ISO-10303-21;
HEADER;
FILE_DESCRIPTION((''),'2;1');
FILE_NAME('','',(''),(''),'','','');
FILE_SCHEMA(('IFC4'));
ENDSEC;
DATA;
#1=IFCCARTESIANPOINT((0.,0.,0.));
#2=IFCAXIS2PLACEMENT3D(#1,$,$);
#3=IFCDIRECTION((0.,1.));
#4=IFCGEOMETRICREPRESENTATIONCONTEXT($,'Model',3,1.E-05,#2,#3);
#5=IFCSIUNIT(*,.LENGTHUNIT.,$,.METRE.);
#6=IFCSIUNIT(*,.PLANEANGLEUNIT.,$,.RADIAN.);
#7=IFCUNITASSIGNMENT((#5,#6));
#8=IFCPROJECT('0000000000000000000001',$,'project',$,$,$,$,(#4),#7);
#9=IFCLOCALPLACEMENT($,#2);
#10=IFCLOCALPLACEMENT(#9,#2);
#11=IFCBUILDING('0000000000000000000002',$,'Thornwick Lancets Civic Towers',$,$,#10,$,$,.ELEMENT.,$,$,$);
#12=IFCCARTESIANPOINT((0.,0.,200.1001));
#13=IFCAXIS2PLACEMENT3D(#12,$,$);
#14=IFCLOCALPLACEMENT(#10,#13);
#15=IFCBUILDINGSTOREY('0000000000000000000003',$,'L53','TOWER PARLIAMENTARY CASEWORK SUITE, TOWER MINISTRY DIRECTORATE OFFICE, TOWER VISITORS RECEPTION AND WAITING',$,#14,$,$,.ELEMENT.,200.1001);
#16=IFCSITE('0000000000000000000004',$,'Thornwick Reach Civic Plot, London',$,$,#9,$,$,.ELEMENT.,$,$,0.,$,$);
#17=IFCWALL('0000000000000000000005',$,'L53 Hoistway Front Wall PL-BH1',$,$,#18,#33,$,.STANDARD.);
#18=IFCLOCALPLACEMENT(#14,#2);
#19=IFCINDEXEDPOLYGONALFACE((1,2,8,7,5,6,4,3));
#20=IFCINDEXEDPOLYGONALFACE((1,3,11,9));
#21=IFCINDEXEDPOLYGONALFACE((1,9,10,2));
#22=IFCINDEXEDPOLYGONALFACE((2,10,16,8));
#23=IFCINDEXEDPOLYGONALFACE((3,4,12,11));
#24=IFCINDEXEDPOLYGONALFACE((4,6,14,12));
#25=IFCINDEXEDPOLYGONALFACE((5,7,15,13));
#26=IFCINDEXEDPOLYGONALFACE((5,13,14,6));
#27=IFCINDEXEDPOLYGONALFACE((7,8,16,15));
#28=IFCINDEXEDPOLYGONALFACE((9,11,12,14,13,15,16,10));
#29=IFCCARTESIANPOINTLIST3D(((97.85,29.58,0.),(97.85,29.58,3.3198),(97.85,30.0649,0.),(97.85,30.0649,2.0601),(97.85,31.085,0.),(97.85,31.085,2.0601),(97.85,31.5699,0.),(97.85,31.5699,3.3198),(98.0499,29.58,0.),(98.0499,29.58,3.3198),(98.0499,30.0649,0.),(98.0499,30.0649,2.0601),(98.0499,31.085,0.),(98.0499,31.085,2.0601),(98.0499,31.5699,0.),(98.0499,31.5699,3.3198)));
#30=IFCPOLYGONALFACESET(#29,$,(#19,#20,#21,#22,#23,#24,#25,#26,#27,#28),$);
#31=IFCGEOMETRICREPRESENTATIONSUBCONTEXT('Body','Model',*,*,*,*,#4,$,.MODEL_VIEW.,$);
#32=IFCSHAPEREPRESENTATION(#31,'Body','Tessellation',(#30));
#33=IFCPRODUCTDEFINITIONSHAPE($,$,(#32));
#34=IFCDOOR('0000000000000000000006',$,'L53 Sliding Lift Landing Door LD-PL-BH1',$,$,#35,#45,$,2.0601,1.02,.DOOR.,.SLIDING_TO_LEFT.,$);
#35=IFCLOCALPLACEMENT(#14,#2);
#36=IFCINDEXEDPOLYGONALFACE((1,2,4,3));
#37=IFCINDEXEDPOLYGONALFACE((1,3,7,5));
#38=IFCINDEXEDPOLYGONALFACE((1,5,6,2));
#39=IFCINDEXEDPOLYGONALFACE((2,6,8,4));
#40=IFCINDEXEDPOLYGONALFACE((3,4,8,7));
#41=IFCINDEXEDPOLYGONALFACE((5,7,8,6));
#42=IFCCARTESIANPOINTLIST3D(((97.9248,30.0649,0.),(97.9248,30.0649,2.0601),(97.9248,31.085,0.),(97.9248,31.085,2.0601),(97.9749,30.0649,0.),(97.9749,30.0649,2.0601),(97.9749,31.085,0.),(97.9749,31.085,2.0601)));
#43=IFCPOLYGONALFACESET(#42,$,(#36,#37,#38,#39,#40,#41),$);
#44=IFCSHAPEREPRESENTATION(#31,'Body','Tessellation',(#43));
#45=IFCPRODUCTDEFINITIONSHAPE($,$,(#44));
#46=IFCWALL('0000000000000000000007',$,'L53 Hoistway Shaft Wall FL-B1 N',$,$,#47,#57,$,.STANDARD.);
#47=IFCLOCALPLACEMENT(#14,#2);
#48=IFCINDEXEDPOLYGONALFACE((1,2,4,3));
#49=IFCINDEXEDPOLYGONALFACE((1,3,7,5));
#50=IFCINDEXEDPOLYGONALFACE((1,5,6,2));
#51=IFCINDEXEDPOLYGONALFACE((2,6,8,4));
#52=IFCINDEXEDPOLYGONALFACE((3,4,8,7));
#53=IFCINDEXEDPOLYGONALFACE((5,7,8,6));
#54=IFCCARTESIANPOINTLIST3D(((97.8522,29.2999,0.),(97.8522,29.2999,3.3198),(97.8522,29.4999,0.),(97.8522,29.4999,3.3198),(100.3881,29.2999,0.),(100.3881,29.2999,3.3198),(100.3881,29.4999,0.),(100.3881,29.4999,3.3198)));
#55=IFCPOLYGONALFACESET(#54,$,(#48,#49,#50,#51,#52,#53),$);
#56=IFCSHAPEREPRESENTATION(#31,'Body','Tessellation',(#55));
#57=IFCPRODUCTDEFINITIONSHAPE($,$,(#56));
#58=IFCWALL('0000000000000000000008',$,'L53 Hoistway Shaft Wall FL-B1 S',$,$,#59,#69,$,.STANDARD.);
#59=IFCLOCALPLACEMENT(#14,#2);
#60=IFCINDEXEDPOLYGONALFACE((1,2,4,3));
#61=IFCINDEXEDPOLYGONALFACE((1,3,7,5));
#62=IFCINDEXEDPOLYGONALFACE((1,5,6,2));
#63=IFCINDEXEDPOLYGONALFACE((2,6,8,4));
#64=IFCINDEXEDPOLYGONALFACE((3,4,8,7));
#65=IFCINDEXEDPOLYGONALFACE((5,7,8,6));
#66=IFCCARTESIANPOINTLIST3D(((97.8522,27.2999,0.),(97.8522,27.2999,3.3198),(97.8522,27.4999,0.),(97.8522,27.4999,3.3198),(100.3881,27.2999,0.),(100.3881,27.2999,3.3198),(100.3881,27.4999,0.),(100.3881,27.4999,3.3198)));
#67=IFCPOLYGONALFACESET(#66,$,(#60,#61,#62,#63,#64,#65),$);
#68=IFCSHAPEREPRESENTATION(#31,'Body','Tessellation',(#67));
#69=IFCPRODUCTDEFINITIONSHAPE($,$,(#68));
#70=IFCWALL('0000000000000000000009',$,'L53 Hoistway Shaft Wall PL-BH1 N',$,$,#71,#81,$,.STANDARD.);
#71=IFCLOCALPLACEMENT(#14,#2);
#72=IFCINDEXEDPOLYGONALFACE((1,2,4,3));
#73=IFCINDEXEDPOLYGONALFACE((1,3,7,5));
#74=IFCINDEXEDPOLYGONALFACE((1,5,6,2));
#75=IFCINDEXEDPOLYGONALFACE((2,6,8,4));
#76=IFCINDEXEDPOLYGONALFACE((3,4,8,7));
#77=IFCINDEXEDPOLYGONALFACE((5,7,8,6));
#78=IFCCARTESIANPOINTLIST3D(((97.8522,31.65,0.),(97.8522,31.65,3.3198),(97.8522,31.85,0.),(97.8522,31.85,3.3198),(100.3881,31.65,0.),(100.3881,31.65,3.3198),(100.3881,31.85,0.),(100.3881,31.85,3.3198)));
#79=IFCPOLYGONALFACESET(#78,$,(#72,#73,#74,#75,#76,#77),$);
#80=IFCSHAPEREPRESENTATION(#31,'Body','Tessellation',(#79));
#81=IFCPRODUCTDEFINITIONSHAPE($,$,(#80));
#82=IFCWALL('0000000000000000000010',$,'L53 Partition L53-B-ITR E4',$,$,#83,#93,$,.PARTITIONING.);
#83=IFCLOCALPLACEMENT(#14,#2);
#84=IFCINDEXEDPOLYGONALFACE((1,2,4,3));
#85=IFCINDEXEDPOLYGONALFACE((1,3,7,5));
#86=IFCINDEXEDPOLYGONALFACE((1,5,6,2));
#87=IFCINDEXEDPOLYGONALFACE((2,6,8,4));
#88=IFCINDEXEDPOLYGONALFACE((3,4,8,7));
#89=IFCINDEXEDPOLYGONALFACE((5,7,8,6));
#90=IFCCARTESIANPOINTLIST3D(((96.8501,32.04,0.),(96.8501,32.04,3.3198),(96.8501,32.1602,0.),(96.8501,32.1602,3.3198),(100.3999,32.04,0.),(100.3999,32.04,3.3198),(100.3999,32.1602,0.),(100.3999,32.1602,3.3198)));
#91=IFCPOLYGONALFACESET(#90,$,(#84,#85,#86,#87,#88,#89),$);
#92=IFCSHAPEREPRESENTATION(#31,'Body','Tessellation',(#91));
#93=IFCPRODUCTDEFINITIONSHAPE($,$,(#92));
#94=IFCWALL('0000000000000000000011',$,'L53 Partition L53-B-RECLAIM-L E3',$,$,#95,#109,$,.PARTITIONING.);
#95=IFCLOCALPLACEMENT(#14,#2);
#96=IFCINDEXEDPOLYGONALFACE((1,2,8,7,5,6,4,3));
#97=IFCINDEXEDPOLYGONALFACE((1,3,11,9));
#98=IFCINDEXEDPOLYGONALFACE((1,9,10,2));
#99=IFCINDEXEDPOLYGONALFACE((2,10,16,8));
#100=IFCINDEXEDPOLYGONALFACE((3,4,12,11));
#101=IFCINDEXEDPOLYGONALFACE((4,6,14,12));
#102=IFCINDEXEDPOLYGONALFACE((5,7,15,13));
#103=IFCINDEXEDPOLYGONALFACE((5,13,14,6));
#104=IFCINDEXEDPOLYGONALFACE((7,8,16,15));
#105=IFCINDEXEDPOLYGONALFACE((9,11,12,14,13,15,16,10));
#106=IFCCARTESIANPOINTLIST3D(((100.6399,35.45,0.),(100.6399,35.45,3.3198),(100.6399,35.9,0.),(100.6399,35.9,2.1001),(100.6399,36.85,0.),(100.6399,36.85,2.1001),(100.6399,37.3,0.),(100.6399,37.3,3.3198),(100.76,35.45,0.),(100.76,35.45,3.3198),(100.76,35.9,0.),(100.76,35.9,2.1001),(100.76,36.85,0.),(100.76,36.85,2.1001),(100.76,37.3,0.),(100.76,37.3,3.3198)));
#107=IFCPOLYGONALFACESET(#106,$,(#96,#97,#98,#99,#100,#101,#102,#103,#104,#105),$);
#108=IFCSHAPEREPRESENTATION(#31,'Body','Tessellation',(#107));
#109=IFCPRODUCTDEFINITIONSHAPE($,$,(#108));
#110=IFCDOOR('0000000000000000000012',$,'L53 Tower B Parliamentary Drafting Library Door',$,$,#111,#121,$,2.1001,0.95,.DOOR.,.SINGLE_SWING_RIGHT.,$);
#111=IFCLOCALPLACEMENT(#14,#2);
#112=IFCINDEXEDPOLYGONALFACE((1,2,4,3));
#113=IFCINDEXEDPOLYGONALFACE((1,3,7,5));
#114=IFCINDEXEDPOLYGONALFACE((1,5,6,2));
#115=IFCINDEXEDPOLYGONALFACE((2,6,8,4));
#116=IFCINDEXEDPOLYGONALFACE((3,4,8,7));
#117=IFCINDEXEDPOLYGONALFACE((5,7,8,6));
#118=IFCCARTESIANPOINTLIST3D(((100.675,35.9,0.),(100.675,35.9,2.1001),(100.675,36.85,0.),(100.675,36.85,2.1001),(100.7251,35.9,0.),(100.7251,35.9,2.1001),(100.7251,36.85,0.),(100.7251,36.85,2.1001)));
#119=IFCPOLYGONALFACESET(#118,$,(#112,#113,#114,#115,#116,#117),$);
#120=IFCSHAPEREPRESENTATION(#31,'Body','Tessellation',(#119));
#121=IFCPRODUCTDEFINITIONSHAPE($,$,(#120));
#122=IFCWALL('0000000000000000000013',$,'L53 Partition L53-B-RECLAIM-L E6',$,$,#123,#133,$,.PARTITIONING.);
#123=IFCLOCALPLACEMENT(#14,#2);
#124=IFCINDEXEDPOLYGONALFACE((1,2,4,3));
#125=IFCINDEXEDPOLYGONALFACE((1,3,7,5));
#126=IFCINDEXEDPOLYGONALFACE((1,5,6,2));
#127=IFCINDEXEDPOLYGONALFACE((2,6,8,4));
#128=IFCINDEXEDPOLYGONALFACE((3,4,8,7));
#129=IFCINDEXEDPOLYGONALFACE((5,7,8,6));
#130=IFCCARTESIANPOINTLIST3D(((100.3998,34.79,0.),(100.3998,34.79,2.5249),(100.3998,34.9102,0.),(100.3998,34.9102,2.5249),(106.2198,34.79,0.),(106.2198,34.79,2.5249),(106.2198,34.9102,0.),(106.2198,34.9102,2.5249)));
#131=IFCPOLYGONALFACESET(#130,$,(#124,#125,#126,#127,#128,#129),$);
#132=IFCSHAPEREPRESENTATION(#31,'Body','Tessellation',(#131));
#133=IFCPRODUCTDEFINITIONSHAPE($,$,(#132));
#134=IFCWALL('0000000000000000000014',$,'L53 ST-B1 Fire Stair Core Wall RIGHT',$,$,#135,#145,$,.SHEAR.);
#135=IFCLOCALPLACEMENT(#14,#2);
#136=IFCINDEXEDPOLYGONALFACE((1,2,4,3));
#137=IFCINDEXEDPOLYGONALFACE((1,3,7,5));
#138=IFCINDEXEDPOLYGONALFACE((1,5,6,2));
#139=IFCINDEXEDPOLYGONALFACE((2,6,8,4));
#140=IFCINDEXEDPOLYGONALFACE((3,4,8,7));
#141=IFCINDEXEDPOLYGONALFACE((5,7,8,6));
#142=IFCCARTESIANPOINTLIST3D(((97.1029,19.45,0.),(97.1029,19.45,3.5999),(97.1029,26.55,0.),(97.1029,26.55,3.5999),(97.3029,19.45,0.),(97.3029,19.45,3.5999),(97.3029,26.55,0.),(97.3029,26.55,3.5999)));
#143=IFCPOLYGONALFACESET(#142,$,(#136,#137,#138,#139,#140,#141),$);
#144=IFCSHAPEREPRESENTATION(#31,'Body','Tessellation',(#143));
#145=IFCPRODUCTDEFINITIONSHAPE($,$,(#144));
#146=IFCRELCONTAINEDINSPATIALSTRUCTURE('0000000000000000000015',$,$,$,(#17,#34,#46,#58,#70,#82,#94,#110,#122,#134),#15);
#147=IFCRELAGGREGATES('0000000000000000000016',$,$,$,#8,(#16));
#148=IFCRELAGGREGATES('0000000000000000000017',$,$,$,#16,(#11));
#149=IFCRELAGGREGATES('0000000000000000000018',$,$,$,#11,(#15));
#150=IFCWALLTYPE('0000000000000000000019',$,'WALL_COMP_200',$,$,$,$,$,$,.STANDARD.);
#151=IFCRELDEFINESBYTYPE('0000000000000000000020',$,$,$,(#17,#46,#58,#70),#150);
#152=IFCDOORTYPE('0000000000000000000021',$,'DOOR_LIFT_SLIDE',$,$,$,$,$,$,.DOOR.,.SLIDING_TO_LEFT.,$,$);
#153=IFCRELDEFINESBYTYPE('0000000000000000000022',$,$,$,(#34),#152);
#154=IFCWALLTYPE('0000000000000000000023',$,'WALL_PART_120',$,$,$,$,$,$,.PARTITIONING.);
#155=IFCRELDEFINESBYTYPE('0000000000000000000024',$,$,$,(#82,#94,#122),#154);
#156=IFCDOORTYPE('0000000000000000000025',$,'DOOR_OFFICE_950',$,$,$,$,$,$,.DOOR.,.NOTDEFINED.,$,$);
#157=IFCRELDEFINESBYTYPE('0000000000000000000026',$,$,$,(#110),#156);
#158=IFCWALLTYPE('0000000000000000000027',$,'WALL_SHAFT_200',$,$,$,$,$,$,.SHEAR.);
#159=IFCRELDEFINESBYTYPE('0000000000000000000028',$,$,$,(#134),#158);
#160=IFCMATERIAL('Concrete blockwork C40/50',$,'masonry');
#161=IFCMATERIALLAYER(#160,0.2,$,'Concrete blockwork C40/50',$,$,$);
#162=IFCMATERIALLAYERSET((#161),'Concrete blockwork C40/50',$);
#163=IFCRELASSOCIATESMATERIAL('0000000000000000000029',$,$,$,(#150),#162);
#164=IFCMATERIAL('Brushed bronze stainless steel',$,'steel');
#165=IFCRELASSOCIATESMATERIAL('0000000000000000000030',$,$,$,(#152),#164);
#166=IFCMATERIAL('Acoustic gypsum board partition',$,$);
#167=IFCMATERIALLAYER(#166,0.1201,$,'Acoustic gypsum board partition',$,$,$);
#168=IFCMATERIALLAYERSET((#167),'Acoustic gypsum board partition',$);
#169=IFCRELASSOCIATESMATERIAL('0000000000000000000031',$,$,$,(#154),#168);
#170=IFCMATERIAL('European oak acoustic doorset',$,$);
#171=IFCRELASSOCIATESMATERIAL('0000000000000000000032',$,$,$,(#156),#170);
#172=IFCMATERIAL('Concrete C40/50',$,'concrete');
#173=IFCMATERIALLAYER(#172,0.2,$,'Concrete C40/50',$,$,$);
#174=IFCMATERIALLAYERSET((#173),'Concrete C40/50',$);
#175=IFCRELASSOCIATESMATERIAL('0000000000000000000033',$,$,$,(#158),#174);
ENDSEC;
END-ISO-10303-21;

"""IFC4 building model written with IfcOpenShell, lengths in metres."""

from ifc_helpers import new_model, si_unit, direction, frame, frame_2d, origin, place, context, subcontext, project, spatial, rectangle, extrude, material, layer, layer_set, type_object, element, fill, save


model = new_model("IFC4")

# Units and contexts
model_context = context("Model", 3, precision=1e-05, world=origin(), true_north=direction((0.0, 1.0)))
body_context = subcontext(model_context, "Body", "Model", "MODEL_VIEW")
ifc_project = project(units=[si_unit("LENGTHUNIT", "METRE"), si_unit("PLANEANGLEUNIT", "RADIAN")], contexts=[model_context])

# Site, building, storey
site_placement = place(None, origin())
site = spatial("IfcSite", under=ifc_project, at=site_placement, Name="Thornwick Reach Civic Plot, London", CompositionType="ELEMENT", RefElevation=0.0)
building_placement = place(site_placement, origin())
building = spatial("IfcBuilding", under=site, at=building_placement, Name="Thornwick Lancets Civic Towers", CompositionType="ELEMENT")
storey_placement = place(building_placement, frame((0.0, 0.0, 200.1001)))
storey = spatial("IfcBuildingStorey", under=building, at=storey_placement, Name="L53", Description="TOWER PARLIAMENTARY CASEWORK SUITE, TOWER MINISTRY DIRECTORATE OFFICE, TOWER VISITORS RECEPTION AND WAITING", CompositionType="ELEMENT", Elevation=200.1001)

# Wall, opening, door
ifc_material_1 = material(Name="Concrete blockwork C40/50", Category="masonry")
ifc_layer_1 = layer(ifc_material_1, 0.2, Name="Concrete blockwork C40/50")
ifc_layer_set_1 = layer_set([ifc_layer_1], Name="Concrete blockwork C40/50")
wall_type_1 = type_object("IfcWallType", Name="WALL_COMP_200", PredefinedType="STANDARD", material=ifc_layer_set_1)
ifc_material_2 = material(Name="Brushed bronze stainless steel", Category="steel")
door_type_1 = type_object("IfcDoorType", Name="DOOR_LIFT_SLIDE", OperationType="SLIDING_TO_LEFT", PredefinedType="DOOR", material=ifc_material_2)
wall_1_placement = place(storey_placement, frame((97.95, 31.5701, 0.0), z_axis=(0.0, 0.0, 1.0), x_axis=(0.0, -1.0, 0.0)))
wall_1 = element("IfcWall", 1, at=wall_1_placement, inside=storey, type_object=wall_type_1, Name="L53 Hoistway Front Wall PL-BH1", PredefinedType="STANDARD", context=body_context, shape_type="SweptSolid", body=[
    extrude(rectangle(XDim=1.99, YDim=0.2, at=frame_2d((0.9951, 0.0))), origin(), (0.0, 0.0, 1.0), 3.3198),
])
opening_1_placement = place(wall_1_placement, frame((0.4851, 0.0, 0.0)))
opening_1 = element("IfcOpeningElement", 2, at=opening_1_placement, cuts=wall_1, PredefinedType="OPENING", context=body_context, shape_type="SweptSolid", body=[
    extrude(rectangle(XDim=1.02, YDim=2.0601, at=frame_2d((0.51, 1.03))), frame((0.0, 0.1099, 0.0), z_axis=(0.0, -1.0, 0.0), x_axis=(1.0, 0.0, 0.0)), (0.0, 0.0, 1.0), 0.22),
])
door_1_placement = place(opening_1_placement, origin())
door_1 = element("IfcDoor", 3, at=door_1_placement, inside=storey, type_object=door_type_1, Name="L53 Sliding Lift Landing Door LD-PL-BH1", OperationType="SLIDING_TO_LEFT", OverallHeight=2.0601, OverallWidth=1.02, PredefinedType="DOOR", context=body_context, shape_type="SweptSolid", body=[
    extrude(rectangle(XDim=1.02, YDim=2.0601, at=frame_2d((0.51, 1.03))), frame((0.0, 0.0249, 0.0), z_axis=(0.0, -1.0, 0.0), x_axis=(1.0, 0.0, 0.0)), (0.0, 0.0, 1.0), 0.05),
])
fill(opening_1, door_1)

# Walls
for number, where, z_axis, x_axis, name in (
    (4, (97.8521, 29.3999, 0.0), (0.0, 0.0, 1.0), (1.0, 0.0, 0.0), "L53 Hoistway Shaft Wall FL-B1 N"),
    (5, (97.8521, 27.3999, 0.0), (0.0, 0.0, 1.0), (1.0, 0.0, 0.0), "L53 Hoistway Shaft Wall FL-B1 S"),
    (6, (97.8521, 31.75, 0.0), (0.0, 0.0, 1.0), (1.0, 0.0, 0.0), "L53 Hoistway Shaft Wall PL-BH1 N"),
):
    element("IfcWall", number, at=place(storey_placement, frame(where, z_axis=z_axis, x_axis=x_axis)), inside=storey, type_object=wall_type_1, Name=name, PredefinedType="STANDARD", context=body_context, shape_type="SweptSolid", body=[
        extrude(rectangle(XDim=2.5359, YDim=0.2, at=frame_2d((1.2681, 0.0))), origin(), (0.0, 0.0, 1.0), 3.3198),
    ])
ifc_material_3 = material(Name="Acoustic gypsum board partition")
ifc_layer_2 = layer(ifc_material_3, 0.1201, Name="Acoustic gypsum board partition")
ifc_layer_set_2 = layer_set([ifc_layer_2], Name="Acoustic gypsum board partition")
wall_type_2 = type_object("IfcWallType", Name="WALL_PART_120", PredefinedType="PARTITIONING", material=ifc_layer_set_2)
wall_2_placement = place(storey_placement, frame((100.3999, 32.1001, 0.0), z_axis=(0.0, 0.0, 1.0), x_axis=(-1.0, 0.0, 0.0)))
element("IfcWall", 7, at=wall_2_placement, inside=storey, type_object=wall_type_2, Name="L53 Partition L53-B-ITR E4", PredefinedType="PARTITIONING", context=body_context, shape_type="SweptSolid", body=[
    extrude(rectangle(XDim=3.5498, YDim=0.1201, at=frame_2d((1.7749, 0.0))), origin(), (0.0, 0.0, 1.0), 3.3198),
])

# Wall, opening, door
wall_3_placement = place(storey_placement, frame((100.7, 35.45, 0.0), z_axis=(0.0, 0.0, 1.0), x_axis=(0.0, 1.0, 0.0)))
wall_3 = element("IfcWall", 8, at=wall_3_placement, inside=storey, type_object=wall_type_2, Name="L53 Partition L53-B-RECLAIM-L E3", PredefinedType="PARTITIONING", context=body_context, shape_type="SweptSolid", body=[
    extrude(rectangle(XDim=1.8501, YDim=0.1201, at=frame_2d((0.925, 0.0))), origin(), (0.0, 0.0, 1.0), 3.3198),
])
opening_2_placement = place(wall_3_placement, frame((0.45, 0.0, 0.0)))
opening_2 = element("IfcOpeningElement", 9, at=opening_2_placement, cuts=wall_3, PredefinedType="OPENING", context=body_context, shape_type="SweptSolid", body=[
    extrude(rectangle(XDim=0.95, YDim=2.1001, at=frame_2d((0.4751, 1.05))), frame((0.0, 0.0701, 0.0), z_axis=(0.0, -1.0, 0.0), x_axis=(1.0, 0.0, 0.0)), (0.0, 0.0, 1.0), 0.1401),
])
ifc_material_4 = material(Name="European oak acoustic doorset")
door_type_2 = type_object("IfcDoorType", Name="DOOR_OFFICE_950", OperationType="NOTDEFINED", PredefinedType="DOOR", material=ifc_material_4)
door_2_placement = place(opening_2_placement, origin())
door_2 = element("IfcDoor", 10, at=door_2_placement, inside=storey, type_object=door_type_2, Name="L53 Tower B Parliamentary Drafting Library Door", OperationType="SINGLE_SWING_RIGHT", OverallHeight=2.1001, OverallWidth=0.95, PredefinedType="DOOR", context=body_context, shape_type="SweptSolid", body=[
    extrude(rectangle(XDim=0.95, YDim=2.1001, at=frame_2d((0.4751, 1.05))), frame((0.0, 0.0249, 0.0), z_axis=(0.0, -1.0, 0.0), x_axis=(1.0, 0.0, 0.0)), (0.0, 0.0, 1.0), 0.05),
])
fill(opening_2, door_2)

# Walls
wall_4_placement = place(storey_placement, frame((106.22, 34.8501, 0.0), z_axis=(0.0, 0.0, 1.0), x_axis=(-1.0, 0.0, 0.0)))
element("IfcWall", 11, at=wall_4_placement, inside=storey, type_object=wall_type_2, Name="L53 Partition L53-B-RECLAIM-L E6", PredefinedType="PARTITIONING", context=body_context, shape_type="SweptSolid", body=[
    extrude(rectangle(XDim=5.8201, YDim=0.1201, at=frame_2d((2.9102, 0.0))), origin(), (0.0, 0.0, 1.0), 2.5249),
])
ifc_material_5 = material(Name="Concrete C40/50", Category="concrete")
ifc_layer_3 = layer(ifc_material_5, 0.2, Name="Concrete C40/50")
ifc_layer_set_3 = layer_set([ifc_layer_3], Name="Concrete C40/50")
wall_type_3 = type_object("IfcWallType", Name="WALL_SHAFT_200", PredefinedType="SHEAR", material=ifc_layer_set_3)
wall_5_placement = place(storey_placement, frame((97.2029, 26.55, 0.0), z_axis=(0.0, 0.0, 1.0), x_axis=(0.0, -1.0, 0.0)))
element("IfcWall", 12, at=wall_5_placement, inside=storey, type_object=wall_type_3, Name="L53 ST-B1 Fire Stair Core Wall RIGHT", PredefinedType="SHEAR", context=body_context, shape_type="SweptSolid", body=[
    extrude(rectangle(XDim=7.1001, YDim=0.2, at=frame_2d((3.55, 0.0))), origin(), (0.0, 0.0, 1.0), 3.5999),
])

save(model, "model.ifc")
